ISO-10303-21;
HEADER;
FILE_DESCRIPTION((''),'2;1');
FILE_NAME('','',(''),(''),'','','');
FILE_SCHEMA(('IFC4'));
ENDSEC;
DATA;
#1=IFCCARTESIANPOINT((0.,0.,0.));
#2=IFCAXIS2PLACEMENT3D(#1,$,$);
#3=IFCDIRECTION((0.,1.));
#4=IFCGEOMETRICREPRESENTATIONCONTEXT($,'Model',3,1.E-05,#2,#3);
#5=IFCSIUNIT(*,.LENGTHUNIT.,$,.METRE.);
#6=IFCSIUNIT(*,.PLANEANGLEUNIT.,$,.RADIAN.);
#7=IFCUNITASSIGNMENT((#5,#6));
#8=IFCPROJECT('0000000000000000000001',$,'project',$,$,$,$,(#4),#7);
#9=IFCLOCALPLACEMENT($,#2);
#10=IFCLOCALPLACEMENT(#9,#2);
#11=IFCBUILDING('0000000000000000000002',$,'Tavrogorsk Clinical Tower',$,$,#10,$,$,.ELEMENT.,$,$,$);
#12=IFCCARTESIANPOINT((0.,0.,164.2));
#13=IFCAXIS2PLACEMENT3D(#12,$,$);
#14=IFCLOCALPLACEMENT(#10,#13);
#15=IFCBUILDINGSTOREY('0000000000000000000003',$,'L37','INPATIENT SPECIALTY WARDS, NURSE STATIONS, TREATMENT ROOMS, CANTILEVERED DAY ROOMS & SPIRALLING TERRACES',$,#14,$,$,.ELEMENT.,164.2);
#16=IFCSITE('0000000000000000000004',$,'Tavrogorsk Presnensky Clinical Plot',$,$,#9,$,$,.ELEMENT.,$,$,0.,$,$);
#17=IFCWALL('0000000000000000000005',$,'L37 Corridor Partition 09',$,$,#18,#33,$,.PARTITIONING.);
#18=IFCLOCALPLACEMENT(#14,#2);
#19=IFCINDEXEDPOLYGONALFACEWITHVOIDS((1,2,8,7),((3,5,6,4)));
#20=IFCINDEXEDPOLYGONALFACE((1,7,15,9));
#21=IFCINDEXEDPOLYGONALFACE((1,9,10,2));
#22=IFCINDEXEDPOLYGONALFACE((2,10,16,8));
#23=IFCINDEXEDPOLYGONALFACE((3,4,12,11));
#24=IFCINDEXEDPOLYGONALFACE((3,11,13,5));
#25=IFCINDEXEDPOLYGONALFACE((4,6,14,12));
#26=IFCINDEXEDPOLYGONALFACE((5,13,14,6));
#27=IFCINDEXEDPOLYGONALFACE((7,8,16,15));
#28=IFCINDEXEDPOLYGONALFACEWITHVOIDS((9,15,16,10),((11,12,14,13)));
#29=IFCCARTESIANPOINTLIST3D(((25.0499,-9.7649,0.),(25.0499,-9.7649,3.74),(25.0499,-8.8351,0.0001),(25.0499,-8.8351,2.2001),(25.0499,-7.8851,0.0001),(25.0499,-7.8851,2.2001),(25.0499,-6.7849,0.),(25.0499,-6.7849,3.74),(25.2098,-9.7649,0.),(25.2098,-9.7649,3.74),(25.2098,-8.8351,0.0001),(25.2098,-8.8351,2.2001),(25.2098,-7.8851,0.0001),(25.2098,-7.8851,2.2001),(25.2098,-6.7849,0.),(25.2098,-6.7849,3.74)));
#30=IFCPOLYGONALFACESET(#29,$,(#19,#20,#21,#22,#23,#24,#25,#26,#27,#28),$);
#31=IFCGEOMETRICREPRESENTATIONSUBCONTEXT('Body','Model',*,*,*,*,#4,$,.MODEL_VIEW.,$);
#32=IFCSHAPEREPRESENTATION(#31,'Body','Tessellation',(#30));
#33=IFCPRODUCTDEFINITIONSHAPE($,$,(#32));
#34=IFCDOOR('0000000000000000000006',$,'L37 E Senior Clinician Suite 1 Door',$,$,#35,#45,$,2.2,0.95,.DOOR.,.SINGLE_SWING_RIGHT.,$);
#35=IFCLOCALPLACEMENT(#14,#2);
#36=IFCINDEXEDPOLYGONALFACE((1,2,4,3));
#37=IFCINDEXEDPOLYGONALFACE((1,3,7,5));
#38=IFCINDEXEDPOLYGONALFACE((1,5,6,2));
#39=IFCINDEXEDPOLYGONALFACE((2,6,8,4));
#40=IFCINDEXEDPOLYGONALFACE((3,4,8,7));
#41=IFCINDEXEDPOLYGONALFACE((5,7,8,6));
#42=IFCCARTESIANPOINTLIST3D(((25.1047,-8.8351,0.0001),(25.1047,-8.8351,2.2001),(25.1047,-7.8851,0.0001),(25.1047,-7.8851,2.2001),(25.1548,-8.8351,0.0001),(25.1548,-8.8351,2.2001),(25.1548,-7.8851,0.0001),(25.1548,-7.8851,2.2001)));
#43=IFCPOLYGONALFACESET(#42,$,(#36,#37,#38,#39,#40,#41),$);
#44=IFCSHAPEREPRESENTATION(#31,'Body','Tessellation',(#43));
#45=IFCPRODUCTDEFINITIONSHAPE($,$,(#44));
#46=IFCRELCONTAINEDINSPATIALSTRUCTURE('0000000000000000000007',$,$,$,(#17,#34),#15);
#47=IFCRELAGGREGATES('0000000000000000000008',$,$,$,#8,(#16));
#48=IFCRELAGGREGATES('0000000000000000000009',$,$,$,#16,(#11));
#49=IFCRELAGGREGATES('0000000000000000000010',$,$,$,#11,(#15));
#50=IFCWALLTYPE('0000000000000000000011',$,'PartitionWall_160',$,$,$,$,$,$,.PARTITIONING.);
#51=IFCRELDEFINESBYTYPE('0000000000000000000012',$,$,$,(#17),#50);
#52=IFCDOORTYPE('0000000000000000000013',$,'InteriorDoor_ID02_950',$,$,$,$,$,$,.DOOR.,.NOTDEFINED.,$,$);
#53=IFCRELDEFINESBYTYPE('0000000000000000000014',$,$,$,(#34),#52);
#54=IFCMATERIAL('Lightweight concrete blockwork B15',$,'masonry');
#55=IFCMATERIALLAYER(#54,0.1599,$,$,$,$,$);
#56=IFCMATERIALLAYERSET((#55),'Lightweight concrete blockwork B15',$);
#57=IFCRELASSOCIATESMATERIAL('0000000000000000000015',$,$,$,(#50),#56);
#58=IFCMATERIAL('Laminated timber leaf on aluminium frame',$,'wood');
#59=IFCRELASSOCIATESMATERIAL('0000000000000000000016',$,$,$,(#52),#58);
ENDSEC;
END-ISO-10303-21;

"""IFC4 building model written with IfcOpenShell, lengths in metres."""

from ifc_helpers import new_model, si_unit, direction, frame, frame_2d, origin, place, context, subcontext, project, spatial, rectangle, extrude, material, layer, layer_set, type_object, element, fill, save


model = new_model("IFC4")

# Units and contexts
model_context = context("Model", 3, precision=1e-05, world=origin(), true_north=direction((0.0, 1.0)))
body_context = subcontext(model_context, "Body", "Model", "MODEL_VIEW")
ifc_project = project(units=[si_unit("LENGTHUNIT", "METRE"), si_unit("PLANEANGLEUNIT", "RADIAN")], contexts=[model_context])

# Site, building, storey
site_placement = place(None, origin())
site = spatial("IfcSite", under=ifc_project, at=site_placement, Name="Tavrogorsk Presnensky Clinical Plot", CompositionType="ELEMENT", RefElevation=0.0)
building_placement = place(site_placement, origin())
building = spatial("IfcBuilding", under=site, at=building_placement, Name="Tavrogorsk Clinical Tower", CompositionType="ELEMENT")
storey_placement = place(building_placement, frame((0.0, 0.0, 164.2)))
storey = spatial("IfcBuildingStorey", under=building, at=storey_placement, Name="L37", Description="INPATIENT SPECIALTY WARDS, NURSE STATIONS, TREATMENT ROOMS, CANTILEVERED DAY ROOMS & SPIRALLING TERRACES", CompositionType="ELEMENT", Elevation=164.2)

# Wall, opening, door
ifc_material_1 = material(Name="Lightweight concrete blockwork B15", Category="masonry")
ifc_layer = layer(ifc_material_1, 0.1599)
ifc_layer_set = layer_set([ifc_layer], Name="Lightweight concrete blockwork B15")
wall_type = type_object("IfcWallType", Name="PartitionWall_160", PredefinedType="PARTITIONING", material=ifc_layer_set)
wall_1_placement = place(storey_placement, frame((25.1299, -6.7849, 0.0), z_axis=(0.0, 0.0, 1.0), x_axis=(0.0, -1.0, 0.0)))
wall_1 = element("IfcWall", 1, at=wall_1_placement, inside=storey, type_object=wall_type, Name="L37 Corridor Partition 09", PredefinedType="PARTITIONING", context=body_context, shape_type="SweptSolid", body=[
    extrude(rectangle(XDim=2.98, YDim=0.1599, at=frame_2d((1.49, 0.0))), origin(), (0.0, 0.0, 1.0), 3.74),
])
opening_1_placement = place(wall_1_placement, frame((1.1001, 0.0, 0.0)))
opening_1 = element("IfcOpeningElement", 2, at=opening_1_placement, cuts=wall_1, PredefinedType="OPENING", context=body_context, shape_type="SweptSolid", body=[
    extrude(rectangle(XDim=0.95, YDim=2.2, at=frame_2d((0.4751, 1.1001))), frame((0.0, 0.0898, 0.0), z_axis=(0.0, -1.0, 0.0), x_axis=(1.0, 0.0, 0.0)), (0.0, 0.0, 1.0), 0.1799),
])
ifc_material_2 = material(Name="Laminated timber leaf on aluminium frame", Category="wood")
door_type_1 = type_object("IfcDoorType", Name="InteriorDoor_ID02_950", OperationType="NOTDEFINED", PredefinedType="DOOR", material=ifc_material_2)
door_1_placement = place(opening_1_placement, origin())
door_1 = element("IfcDoor", 3, at=door_1_placement, inside=storey, type_object=door_type_1, Name="L37 E Senior Clinician Suite 1 Door", OperationType="SINGLE_SWING_RIGHT", OverallHeight=2.2, OverallWidth=0.95, PredefinedType="DOOR", context=body_context, shape_type="SweptSolid", body=[
    extrude(rectangle(XDim=0.95, YDim=2.2, at=frame_2d((0.4751, 1.1001))), frame((0.0, 0.0249, 0.0), z_axis=(0.0, -1.0, 0.0), x_axis=(1.0, 0.0, 0.0)), (0.0, 0.0, 1.0), 0.05),
])
fill(opening_1, door_1)

save(model, "model.ifc")
